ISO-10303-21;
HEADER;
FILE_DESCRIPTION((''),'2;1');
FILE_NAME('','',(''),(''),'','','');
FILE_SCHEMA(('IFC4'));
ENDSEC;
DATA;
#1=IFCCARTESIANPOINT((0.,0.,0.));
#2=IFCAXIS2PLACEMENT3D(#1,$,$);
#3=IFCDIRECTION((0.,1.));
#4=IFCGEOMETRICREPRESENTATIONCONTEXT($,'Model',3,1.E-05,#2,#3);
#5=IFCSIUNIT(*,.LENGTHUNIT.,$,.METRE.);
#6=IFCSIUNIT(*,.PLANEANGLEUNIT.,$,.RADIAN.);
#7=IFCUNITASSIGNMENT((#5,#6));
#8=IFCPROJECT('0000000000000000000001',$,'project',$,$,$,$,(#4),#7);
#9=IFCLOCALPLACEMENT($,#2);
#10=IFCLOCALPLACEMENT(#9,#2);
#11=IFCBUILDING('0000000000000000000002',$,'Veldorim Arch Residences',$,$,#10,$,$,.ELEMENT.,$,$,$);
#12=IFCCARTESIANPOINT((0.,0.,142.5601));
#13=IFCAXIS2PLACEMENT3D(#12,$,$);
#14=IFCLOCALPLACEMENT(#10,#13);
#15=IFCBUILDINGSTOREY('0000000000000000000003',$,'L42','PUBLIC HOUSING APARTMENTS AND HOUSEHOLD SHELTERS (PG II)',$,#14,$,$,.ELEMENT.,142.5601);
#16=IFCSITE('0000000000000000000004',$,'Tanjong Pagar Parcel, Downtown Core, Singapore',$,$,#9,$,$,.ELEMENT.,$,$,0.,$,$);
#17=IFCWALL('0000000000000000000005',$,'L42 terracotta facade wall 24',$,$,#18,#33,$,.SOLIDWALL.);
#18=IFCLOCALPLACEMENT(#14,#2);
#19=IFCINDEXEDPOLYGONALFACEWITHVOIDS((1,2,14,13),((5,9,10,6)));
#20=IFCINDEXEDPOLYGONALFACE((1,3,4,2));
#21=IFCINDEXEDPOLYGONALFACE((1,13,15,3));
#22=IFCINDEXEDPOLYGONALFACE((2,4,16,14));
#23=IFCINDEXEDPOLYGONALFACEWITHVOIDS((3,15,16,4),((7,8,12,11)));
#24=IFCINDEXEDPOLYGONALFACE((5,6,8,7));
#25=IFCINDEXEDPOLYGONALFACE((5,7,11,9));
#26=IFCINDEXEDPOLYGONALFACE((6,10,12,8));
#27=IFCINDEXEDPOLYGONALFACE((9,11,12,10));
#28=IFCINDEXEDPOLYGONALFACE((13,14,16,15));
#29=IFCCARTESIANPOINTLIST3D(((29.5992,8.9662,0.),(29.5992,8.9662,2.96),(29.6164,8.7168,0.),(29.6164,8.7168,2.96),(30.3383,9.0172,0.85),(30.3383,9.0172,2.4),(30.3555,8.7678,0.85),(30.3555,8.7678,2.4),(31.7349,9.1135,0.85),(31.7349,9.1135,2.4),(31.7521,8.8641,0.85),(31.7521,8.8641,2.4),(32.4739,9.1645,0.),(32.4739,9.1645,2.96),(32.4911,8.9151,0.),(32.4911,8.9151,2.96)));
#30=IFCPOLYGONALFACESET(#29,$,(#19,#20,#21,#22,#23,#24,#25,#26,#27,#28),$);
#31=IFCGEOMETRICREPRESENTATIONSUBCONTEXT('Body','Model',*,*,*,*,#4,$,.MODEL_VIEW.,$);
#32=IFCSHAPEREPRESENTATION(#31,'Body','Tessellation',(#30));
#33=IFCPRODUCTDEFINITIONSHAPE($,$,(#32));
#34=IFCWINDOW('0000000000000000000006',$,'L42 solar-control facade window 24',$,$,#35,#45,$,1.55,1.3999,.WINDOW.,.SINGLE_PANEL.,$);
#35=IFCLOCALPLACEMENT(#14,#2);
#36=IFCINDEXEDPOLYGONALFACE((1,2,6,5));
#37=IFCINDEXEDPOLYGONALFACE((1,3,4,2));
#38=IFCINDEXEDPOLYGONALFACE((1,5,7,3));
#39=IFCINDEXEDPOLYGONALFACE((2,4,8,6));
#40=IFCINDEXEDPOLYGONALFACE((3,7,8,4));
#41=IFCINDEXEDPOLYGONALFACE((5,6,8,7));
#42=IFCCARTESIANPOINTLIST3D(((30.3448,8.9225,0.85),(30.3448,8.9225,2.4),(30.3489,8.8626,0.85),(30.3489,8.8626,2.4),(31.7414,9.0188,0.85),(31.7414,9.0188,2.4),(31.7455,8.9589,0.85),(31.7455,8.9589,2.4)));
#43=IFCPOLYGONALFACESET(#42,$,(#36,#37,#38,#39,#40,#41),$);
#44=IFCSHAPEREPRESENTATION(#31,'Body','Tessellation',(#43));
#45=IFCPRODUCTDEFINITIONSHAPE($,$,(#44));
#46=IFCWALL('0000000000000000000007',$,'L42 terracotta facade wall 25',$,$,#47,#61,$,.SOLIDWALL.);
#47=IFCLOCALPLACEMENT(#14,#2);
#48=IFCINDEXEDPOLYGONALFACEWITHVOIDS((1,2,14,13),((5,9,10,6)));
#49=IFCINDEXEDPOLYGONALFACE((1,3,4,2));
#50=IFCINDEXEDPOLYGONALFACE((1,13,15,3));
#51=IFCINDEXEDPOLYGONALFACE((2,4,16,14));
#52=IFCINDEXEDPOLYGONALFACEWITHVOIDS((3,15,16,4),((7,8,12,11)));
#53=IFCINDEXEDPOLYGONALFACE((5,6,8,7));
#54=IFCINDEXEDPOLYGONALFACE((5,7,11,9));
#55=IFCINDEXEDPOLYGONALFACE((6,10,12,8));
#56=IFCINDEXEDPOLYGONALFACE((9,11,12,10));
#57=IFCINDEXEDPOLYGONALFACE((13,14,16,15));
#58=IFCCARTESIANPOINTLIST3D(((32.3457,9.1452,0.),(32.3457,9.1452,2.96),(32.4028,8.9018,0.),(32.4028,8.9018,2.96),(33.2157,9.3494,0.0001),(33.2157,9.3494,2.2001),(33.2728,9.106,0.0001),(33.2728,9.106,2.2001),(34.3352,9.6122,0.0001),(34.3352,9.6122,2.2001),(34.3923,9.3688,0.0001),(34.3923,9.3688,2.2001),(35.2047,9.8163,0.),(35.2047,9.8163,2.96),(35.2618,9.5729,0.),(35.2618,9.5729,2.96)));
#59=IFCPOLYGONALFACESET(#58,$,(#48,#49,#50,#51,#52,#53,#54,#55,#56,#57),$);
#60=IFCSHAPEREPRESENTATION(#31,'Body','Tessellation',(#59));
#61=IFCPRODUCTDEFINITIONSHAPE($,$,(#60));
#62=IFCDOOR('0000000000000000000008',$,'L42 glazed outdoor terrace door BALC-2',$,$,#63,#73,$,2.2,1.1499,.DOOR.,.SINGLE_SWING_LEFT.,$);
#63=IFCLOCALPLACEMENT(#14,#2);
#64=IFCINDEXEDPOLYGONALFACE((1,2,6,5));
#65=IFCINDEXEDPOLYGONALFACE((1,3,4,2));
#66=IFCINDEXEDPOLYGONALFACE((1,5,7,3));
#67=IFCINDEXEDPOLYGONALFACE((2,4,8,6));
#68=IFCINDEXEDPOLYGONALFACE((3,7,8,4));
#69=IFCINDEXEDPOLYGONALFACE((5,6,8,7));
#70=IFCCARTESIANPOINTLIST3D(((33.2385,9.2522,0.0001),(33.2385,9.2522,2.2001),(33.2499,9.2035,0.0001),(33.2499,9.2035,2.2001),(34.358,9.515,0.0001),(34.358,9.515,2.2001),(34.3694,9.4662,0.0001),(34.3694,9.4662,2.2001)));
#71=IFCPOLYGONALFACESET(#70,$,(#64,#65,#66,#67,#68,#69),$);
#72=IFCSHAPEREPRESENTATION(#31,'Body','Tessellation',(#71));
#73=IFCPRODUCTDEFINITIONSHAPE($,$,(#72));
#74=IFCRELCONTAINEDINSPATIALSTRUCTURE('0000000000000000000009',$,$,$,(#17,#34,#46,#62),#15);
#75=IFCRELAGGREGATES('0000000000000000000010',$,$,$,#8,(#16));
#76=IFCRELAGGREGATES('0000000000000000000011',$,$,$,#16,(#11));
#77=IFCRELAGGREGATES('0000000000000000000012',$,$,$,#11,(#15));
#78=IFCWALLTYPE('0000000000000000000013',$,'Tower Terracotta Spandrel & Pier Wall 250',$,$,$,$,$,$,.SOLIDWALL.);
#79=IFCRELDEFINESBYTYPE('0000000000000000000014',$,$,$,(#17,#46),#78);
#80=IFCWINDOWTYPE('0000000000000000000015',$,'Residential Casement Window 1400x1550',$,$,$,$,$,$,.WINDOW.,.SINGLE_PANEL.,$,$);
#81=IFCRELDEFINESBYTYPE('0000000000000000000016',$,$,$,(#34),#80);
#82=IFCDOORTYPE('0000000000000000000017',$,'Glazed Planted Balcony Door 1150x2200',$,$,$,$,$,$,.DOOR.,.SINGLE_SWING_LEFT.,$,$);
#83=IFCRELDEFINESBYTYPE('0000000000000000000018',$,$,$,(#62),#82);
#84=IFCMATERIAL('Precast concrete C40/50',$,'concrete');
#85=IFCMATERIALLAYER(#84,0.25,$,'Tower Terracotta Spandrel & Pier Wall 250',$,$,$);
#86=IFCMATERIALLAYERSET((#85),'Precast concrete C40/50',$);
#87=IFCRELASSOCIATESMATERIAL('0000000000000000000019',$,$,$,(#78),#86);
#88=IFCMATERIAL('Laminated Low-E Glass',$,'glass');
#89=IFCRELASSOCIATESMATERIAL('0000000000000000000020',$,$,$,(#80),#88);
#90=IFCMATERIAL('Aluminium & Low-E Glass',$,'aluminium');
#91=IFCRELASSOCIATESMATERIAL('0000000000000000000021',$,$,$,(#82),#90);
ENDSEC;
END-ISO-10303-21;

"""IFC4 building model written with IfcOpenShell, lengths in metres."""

from ifc_helpers import new_model, si_unit, direction, frame, frame_2d, origin, place, context, subcontext, project, spatial, rectangle, extrude, material, layer, layer_set, type_object, element, fill, save


model = new_model("IFC4")

# Units and contexts
model_context = context("Model", 3, precision=1e-05, world=origin(), true_north=direction((0.0, 1.0)))
body_context = subcontext(model_context, "Body", "Model", "MODEL_VIEW")
ifc_project = project(units=[si_unit("LENGTHUNIT", "METRE"), si_unit("PLANEANGLEUNIT", "RADIAN")], contexts=[model_context])

# Site, building, storey
site_placement = place(None, origin())
site = spatial("IfcSite", under=ifc_project, at=site_placement, Name="Tanjong Pagar Parcel, Downtown Core, Singapore", CompositionType="ELEMENT", RefElevation=0.0)
building_placement = place(site_placement, origin())
building = spatial("IfcBuilding", under=site, at=building_placement, Name="Veldorim Arch Residences", CompositionType="ELEMENT")
storey_placement = place(building_placement, frame((0.0, 0.0, 142.5601)))
storey = spatial("IfcBuildingStorey", under=building, at=storey_placement, Name="L42", Description="PUBLIC HOUSING APARTMENTS AND HOUSEHOLD SHELTERS (PG II)", CompositionType="ELEMENT", Elevation=142.5601)

# Wall, opening, window
ifc_material_1 = material(Name="Precast concrete C40/50", Category="concrete")
ifc_layer_1 = layer(ifc_material_1, 0.25, Name="Tower Terracotta Spandrel & Pier Wall 250")
ifc_layer_set_1 = layer_set([ifc_layer_1], Name="Precast concrete C40/50")
wall_type_1 = type_object("IfcWallType", Name="Tower Terracotta Spandrel & Pier Wall 250", PredefinedType="SOLIDWALL", material=ifc_layer_set_1)
wall_1_placement = place(storey_placement, frame((32.4827, 9.0398, 0.0), z_axis=(0.0, 0.0, 1.0), x_axis=(-0.997631, -0.068796, 0.0)))
wall_1 = element("IfcWall", 1, at=wall_1_placement, inside=storey, type_object=wall_type_1, Name="L42 terracotta facade wall 24", PredefinedType="SOLIDWALL", context=body_context, shape_type="SweptSolid", body=[
    extrude(rectangle(XDim=2.8816, YDim=0.25, at=frame_2d((1.4409, 0.0))), origin(), (0.0, 0.0, 1.0), 2.96),
])
opening_1_placement = place(wall_1_placement, frame((0.741, 0.0, 0.8501)))
opening_1 = element("IfcOpeningElement", 2, at=opening_1_placement, cuts=wall_1, PredefinedType="OPENING", context=body_context, shape_type="SweptSolid", body=[
    extrude(rectangle(XDim=1.3999, YDim=1.55, at=frame_2d((0.7, 0.7749))), frame((0.0, 0.135, 0.0), z_axis=(0.0, -1.0, 0.0), x_axis=(1.0, 0.0, 0.0)), (0.0, 0.0, 1.0), 0.27),
])
ifc_material_2 = material(Name="Laminated Low-E Glass", Category="glass")
window_type = type_object("IfcWindowType", Name="Residential Casement Window 1400x1550", PartitioningType="SINGLE_PANEL", PredefinedType="WINDOW", material=ifc_material_2)
window_placement = place(opening_1_placement, origin())
window = element("IfcWindow", 3, at=window_placement, inside=storey, type_object=window_type, Name="L42 solar-control facade window 24", OverallHeight=1.55, OverallWidth=1.3999, PartitioningType="SINGLE_PANEL", PredefinedType="WINDOW", context=body_context, shape_type="SweptSolid", body=[
    extrude(rectangle(XDim=1.3999, YDim=1.55, at=frame_2d((0.7, 0.7749))), frame((0.0, 0.03, 0.0), z_axis=(0.0, -1.0, 0.0), x_axis=(1.0, 0.0, 0.0)), (0.0, 0.0, 1.0), 0.0601),
])
fill(opening_1, window)

# Wall, opening, door
wall_2_placement = place(storey_placement, frame((35.2332, 9.6946, 0.0), z_axis=(0.0, 0.0, 1.0), x_axis=(-0.973538, -0.228525, 0.0)))
wall_2 = element("IfcWall", 4, at=wall_2_placement, inside=storey, type_object=wall_type_1, Name="L42 terracotta facade wall 25", PredefinedType="SOLIDWALL", context=body_context, shape_type="SweptSolid", body=[
    extrude(rectangle(XDim=2.9368, YDim=0.25, at=frame_2d((1.4683, 0.0))), origin(), (0.0, 0.0, 1.0), 2.96),
])
opening_2_placement = place(wall_2_placement, frame((0.8931, 0.0, 0.0)))
opening_2 = element("IfcOpeningElement", 5, at=opening_2_placement, cuts=wall_2, PredefinedType="OPENING", context=body_context, shape_type="SweptSolid", body=[
    extrude(rectangle(XDim=1.1499, YDim=2.2, at=frame_2d((0.575, 1.1001))), frame((0.0, 0.135, 0.0), z_axis=(0.0, -1.0, 0.0), x_axis=(1.0, 0.0, 0.0)), (0.0, 0.0, 1.0), 0.27),
])
ifc_material_3 = material(Name="Aluminium & Low-E Glass", Category="aluminium")
door_type_1 = type_object("IfcDoorType", Name="Glazed Planted Balcony Door 1150x2200", OperationType="SINGLE_SWING_LEFT", PredefinedType="DOOR", material=ifc_material_3)
door_1_placement = place(opening_2_placement, origin())
door_1 = element("IfcDoor", 6, at=door_1_placement, inside=storey, type_object=door_type_1, Name="L42 glazed outdoor terrace door BALC-2", OperationType="SINGLE_SWING_LEFT", OverallHeight=2.2, OverallWidth=1.1499, PredefinedType="DOOR", context=body_context, shape_type="SweptSolid", body=[
    extrude(rectangle(XDim=1.1499, YDim=2.2, at=frame_2d((0.575, 1.1001))), frame((0.0, 0.0249, 0.0), z_axis=(0.0, -1.0, 0.0), x_axis=(1.0, 0.0, 0.0)), (0.0, 0.0, 1.0), 0.05),
])
fill(opening_2, door_1)

save(model, "model.ifc")
